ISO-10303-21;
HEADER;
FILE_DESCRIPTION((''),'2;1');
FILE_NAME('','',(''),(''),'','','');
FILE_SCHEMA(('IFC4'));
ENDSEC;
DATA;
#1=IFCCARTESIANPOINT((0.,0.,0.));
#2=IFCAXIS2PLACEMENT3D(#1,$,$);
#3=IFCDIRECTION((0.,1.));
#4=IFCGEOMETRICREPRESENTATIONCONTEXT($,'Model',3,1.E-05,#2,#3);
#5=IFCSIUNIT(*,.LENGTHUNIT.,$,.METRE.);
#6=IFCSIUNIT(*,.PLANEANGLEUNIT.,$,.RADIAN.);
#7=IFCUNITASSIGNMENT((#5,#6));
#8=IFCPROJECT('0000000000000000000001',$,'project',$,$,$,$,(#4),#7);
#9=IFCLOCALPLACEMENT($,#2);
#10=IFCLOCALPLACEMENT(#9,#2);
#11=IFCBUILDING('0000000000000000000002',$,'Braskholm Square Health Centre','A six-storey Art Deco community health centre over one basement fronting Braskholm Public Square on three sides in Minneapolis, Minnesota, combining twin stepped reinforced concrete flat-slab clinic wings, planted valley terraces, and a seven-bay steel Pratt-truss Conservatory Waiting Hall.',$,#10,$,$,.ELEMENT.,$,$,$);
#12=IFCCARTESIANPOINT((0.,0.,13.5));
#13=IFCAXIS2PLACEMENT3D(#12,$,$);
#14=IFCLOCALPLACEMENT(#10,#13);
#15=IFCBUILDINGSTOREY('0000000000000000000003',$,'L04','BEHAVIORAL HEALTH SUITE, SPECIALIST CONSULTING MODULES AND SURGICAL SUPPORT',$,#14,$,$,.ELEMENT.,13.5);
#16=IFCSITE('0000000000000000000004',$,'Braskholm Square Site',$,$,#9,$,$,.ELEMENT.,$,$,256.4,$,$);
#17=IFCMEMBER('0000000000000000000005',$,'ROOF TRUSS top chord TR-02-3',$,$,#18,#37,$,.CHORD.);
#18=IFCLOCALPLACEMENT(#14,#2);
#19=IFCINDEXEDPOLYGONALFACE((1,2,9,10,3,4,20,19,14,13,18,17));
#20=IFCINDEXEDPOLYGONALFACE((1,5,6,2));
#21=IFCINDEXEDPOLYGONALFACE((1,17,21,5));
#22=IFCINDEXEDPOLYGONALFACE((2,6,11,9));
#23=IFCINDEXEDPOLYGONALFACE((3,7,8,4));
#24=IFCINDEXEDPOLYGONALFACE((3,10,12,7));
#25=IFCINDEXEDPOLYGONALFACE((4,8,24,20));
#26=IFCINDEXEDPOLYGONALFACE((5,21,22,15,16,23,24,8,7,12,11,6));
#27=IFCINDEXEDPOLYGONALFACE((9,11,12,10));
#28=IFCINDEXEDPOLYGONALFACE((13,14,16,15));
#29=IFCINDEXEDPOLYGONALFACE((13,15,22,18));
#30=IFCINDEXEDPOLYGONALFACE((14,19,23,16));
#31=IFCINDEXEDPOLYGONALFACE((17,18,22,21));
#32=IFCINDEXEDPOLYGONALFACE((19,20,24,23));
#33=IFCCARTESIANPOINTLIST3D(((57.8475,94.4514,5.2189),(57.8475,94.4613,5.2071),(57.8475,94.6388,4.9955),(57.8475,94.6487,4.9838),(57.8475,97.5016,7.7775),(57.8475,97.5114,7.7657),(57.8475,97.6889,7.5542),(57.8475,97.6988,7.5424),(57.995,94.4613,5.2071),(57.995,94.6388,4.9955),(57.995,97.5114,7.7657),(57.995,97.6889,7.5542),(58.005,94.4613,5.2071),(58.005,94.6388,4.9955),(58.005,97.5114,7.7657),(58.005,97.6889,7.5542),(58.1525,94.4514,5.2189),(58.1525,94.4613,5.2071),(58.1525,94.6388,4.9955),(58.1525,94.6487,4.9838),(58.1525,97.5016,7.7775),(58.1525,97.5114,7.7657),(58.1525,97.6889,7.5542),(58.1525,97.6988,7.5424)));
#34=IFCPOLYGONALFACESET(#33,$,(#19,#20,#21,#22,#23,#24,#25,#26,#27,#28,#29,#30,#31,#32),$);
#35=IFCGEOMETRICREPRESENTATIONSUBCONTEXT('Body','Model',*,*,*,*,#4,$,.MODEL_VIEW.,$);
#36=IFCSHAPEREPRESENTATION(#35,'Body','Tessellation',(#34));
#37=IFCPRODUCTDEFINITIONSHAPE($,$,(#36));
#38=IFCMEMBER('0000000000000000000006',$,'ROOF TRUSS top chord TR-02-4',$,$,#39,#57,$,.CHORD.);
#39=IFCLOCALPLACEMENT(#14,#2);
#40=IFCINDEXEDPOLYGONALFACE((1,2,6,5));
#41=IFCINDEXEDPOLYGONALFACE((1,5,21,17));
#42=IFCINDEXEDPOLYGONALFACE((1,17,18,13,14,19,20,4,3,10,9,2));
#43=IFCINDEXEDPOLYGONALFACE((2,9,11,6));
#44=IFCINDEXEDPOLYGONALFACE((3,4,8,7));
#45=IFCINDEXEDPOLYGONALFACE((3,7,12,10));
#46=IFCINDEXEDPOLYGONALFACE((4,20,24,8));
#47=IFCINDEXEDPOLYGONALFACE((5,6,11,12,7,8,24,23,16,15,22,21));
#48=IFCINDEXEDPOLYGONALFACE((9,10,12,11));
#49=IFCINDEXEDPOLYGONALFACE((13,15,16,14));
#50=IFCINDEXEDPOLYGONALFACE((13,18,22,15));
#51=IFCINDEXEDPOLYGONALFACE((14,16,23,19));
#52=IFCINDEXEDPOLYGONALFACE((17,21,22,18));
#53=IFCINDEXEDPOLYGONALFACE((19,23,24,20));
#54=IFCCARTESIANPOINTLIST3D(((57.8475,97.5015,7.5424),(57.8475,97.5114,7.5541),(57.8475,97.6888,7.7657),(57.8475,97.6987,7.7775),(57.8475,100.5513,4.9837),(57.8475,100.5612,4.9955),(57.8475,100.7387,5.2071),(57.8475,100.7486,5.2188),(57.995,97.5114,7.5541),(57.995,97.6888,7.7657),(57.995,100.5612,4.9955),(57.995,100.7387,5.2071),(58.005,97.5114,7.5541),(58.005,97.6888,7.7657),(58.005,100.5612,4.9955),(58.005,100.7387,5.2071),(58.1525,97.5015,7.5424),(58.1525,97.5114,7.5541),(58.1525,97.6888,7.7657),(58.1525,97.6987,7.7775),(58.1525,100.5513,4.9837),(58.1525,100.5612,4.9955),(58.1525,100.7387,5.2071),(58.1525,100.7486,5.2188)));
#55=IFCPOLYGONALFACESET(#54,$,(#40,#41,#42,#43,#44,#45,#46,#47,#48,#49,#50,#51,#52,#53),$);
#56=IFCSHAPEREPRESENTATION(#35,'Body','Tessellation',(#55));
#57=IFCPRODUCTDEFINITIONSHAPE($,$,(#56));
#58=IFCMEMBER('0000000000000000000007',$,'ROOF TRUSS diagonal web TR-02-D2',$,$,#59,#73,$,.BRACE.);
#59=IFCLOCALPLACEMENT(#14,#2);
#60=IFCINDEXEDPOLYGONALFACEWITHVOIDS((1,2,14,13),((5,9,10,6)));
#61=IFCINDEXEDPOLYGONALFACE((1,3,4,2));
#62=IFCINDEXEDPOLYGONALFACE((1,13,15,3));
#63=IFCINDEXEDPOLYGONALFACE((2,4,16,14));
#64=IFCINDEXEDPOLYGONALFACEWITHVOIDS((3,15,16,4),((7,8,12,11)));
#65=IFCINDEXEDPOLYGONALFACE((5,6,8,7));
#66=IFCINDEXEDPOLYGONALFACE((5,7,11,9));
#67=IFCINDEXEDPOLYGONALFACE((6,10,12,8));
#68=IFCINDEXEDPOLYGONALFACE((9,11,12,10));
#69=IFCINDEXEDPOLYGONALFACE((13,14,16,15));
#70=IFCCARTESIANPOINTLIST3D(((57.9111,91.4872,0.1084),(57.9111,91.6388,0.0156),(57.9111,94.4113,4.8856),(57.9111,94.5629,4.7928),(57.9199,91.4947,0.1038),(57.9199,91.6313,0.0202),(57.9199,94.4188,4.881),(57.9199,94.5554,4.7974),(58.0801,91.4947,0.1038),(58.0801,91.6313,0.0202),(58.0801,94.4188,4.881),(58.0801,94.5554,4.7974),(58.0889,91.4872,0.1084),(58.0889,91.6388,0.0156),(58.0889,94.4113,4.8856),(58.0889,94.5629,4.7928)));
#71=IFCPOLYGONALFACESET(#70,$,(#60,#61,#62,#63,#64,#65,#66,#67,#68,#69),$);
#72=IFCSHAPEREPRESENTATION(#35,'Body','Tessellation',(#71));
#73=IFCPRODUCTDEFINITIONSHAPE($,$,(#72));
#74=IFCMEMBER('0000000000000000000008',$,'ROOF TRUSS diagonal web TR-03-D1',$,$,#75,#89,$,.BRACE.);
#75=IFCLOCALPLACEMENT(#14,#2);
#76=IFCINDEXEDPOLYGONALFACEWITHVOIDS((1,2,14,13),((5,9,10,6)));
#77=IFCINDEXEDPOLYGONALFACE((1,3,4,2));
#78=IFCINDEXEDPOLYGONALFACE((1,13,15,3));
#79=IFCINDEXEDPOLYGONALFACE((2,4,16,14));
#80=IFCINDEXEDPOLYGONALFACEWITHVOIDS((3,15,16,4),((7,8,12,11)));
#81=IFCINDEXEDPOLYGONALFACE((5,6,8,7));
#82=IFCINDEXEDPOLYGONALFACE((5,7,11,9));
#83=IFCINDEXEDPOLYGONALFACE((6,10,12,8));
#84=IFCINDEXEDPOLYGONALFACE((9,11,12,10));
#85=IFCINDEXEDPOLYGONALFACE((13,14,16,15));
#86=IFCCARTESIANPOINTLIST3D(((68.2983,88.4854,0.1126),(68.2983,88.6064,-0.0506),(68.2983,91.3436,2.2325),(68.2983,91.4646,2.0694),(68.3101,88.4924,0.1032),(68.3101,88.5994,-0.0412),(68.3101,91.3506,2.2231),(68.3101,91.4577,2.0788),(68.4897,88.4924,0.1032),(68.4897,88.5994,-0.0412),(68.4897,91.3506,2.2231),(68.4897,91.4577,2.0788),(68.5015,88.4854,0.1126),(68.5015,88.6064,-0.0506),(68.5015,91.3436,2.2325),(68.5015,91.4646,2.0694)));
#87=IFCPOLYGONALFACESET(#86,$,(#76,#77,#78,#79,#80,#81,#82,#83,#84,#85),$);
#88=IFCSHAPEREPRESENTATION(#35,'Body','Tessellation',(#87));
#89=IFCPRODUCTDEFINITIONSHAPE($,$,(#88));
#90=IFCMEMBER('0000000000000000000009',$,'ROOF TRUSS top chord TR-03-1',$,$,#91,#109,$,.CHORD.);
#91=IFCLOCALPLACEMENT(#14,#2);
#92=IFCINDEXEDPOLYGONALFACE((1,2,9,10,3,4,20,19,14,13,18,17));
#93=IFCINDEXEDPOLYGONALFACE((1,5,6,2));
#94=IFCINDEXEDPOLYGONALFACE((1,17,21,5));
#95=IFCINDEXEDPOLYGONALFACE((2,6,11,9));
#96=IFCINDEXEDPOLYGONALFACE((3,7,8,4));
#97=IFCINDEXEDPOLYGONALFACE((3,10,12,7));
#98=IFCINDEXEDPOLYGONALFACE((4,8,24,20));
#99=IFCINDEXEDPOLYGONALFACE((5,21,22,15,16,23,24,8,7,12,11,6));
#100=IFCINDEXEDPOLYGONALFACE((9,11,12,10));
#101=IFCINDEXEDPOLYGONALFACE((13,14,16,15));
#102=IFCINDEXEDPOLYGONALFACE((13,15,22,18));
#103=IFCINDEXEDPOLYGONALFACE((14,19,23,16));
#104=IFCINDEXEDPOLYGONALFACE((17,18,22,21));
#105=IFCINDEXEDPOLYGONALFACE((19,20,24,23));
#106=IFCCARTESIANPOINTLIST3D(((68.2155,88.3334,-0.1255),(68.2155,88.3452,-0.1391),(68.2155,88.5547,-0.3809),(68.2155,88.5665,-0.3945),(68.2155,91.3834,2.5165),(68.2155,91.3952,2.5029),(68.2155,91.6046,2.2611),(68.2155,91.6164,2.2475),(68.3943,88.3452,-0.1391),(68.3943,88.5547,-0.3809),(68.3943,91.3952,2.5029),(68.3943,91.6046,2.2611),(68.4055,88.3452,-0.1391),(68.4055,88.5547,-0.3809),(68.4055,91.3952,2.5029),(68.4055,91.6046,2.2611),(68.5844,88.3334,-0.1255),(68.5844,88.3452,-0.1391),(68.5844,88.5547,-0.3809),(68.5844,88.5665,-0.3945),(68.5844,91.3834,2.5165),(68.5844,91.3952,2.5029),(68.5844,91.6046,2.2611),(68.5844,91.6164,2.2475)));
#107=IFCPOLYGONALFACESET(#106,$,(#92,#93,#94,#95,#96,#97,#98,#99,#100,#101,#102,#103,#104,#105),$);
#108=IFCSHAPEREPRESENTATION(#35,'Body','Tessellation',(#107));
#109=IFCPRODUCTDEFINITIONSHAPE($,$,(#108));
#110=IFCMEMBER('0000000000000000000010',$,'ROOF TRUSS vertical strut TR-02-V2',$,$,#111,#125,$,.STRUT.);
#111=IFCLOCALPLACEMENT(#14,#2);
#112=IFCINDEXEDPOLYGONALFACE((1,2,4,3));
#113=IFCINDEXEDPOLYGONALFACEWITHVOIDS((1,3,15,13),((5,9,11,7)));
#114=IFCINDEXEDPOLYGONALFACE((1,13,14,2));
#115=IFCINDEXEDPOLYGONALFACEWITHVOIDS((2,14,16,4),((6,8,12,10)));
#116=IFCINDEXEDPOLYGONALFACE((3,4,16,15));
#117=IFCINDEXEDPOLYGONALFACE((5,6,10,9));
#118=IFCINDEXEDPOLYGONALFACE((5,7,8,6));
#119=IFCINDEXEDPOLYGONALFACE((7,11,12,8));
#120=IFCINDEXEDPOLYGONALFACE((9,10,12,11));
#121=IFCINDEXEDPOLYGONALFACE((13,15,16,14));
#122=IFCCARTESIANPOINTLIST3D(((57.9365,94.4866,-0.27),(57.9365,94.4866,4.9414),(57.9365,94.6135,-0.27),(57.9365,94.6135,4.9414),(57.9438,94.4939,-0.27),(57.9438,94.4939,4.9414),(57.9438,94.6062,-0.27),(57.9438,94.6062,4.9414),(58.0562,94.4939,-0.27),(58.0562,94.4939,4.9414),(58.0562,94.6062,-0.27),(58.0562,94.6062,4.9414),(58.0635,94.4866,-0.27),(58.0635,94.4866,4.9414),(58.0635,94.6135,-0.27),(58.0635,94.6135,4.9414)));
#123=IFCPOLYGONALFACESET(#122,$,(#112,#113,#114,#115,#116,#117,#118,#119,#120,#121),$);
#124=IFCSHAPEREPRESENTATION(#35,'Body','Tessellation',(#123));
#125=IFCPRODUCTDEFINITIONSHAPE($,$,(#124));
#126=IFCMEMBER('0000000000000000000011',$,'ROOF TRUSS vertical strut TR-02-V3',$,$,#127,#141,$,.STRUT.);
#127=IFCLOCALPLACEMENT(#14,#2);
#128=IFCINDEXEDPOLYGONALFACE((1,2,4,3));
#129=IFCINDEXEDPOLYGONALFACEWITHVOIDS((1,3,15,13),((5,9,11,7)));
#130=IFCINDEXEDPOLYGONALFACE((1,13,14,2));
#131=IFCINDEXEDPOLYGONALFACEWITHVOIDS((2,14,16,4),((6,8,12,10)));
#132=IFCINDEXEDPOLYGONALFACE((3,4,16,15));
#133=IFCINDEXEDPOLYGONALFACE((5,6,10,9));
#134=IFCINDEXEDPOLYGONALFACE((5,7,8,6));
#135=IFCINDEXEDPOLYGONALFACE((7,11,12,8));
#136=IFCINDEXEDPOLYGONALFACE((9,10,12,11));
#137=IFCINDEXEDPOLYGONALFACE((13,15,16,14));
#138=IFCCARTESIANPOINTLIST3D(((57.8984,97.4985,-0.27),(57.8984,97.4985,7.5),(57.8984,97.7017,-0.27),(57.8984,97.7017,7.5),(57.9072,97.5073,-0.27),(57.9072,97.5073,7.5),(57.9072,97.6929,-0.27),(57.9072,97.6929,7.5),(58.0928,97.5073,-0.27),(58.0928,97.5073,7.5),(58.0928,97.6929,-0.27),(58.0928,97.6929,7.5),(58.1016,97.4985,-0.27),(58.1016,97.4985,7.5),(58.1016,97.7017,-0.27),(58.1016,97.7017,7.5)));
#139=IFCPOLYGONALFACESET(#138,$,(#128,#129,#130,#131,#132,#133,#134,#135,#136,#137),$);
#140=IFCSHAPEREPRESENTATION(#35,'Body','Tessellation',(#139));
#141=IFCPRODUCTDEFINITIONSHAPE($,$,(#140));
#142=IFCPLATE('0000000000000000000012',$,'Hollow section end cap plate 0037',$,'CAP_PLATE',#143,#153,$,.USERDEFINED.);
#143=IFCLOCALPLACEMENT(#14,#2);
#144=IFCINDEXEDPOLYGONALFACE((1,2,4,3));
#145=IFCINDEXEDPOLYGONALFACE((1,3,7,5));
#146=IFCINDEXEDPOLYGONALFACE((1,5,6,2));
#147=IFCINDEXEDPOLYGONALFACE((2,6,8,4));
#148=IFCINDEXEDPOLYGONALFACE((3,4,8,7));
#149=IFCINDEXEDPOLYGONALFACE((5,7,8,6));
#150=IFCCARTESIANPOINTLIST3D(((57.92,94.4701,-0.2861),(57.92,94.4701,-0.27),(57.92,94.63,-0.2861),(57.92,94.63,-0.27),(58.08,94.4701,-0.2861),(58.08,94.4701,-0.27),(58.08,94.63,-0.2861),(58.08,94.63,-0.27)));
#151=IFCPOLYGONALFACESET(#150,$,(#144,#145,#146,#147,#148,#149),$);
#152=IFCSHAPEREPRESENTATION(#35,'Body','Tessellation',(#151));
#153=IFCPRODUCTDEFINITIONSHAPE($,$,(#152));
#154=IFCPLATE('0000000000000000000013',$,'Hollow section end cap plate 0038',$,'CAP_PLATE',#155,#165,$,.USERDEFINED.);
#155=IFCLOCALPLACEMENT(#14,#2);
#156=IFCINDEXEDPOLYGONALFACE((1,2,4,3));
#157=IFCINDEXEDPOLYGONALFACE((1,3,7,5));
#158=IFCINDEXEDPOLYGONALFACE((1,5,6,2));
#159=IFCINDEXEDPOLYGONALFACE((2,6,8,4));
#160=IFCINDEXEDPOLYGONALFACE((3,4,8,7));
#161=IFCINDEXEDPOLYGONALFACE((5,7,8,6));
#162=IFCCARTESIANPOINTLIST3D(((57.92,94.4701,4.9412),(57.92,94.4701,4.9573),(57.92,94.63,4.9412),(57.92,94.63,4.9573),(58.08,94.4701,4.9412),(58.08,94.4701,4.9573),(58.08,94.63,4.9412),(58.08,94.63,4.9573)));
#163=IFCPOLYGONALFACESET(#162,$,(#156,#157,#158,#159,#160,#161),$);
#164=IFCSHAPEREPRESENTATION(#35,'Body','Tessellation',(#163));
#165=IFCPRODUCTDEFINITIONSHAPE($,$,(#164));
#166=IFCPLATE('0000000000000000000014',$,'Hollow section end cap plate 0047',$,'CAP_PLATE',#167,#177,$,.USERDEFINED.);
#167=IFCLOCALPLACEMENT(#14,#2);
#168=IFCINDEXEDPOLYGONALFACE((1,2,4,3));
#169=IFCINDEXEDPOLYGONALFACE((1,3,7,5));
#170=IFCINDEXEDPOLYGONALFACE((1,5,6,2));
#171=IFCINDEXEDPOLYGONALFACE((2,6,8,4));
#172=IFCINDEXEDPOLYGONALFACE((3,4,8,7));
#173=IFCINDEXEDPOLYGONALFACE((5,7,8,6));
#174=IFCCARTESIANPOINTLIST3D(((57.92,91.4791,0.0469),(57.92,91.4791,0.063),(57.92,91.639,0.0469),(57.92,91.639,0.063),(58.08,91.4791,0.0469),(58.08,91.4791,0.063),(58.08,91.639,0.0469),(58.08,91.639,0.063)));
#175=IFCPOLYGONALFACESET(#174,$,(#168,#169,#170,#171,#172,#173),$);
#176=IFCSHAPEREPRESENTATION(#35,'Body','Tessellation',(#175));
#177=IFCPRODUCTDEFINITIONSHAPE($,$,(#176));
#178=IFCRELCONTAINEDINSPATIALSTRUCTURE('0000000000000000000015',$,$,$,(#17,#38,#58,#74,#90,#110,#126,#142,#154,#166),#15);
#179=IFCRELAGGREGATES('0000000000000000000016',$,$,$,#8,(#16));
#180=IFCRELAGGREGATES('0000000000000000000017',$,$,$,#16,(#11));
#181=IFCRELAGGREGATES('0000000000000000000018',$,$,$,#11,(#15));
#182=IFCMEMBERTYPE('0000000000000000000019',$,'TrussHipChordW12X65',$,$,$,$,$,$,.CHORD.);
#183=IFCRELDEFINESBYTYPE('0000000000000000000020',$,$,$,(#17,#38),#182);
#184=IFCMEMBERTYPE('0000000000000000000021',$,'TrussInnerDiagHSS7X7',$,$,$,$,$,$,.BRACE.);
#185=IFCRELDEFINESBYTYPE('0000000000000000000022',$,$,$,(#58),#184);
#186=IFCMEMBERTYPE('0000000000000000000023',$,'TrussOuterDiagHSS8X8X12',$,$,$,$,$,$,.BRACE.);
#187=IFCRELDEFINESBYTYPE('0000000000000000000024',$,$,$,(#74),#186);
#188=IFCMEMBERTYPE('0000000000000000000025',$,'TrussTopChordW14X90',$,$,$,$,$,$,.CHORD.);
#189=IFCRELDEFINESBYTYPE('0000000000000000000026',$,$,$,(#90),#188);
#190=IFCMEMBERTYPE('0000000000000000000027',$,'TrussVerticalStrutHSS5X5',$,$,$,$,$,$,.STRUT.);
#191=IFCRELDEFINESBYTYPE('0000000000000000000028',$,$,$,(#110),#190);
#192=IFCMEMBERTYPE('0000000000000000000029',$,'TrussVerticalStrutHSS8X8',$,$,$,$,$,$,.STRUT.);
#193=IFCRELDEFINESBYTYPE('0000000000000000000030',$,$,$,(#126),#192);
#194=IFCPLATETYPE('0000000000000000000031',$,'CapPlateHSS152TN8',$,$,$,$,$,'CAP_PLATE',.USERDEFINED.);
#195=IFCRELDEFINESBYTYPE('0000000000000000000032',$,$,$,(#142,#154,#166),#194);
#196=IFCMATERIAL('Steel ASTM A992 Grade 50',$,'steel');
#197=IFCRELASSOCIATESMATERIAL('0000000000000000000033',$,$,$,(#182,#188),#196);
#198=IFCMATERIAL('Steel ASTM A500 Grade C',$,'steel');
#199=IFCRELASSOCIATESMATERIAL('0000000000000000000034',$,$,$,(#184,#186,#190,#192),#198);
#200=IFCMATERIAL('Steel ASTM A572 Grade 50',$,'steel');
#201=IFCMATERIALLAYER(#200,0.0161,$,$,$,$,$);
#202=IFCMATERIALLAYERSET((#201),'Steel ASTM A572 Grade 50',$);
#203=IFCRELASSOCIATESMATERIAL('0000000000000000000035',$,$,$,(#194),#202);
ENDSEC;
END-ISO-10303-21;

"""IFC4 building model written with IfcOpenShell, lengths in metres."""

from ifc_helpers import new_model, si_unit, direction, frame, origin, origin_2d, place, context, subcontext, project, spatial, rectangle, hollow_rectangle, i_section, extrude, material, layer, layer_set, material_profile, profile_set, type_object, element, save


model = new_model("IFC4")

# Units and contexts
model_context = context("Model", 3, precision=1e-05, world=origin(), true_north=direction((0.0, 1.0)))
body_context = subcontext(model_context, "Body", "Model", "MODEL_VIEW")
ifc_project = project(units=[si_unit("LENGTHUNIT", "METRE"), si_unit("PLANEANGLEUNIT", "RADIAN")], contexts=[model_context])

# Site, building, storey
site_placement = place(None, origin())
site = spatial("IfcSite", under=ifc_project, at=site_placement, Name="Braskholm Square Site", CompositionType="ELEMENT", RefElevation=256.4)
building_placement = place(site_placement, origin())
building = spatial("IfcBuilding", under=site, at=building_placement, Name="Braskholm Square Health Centre", Description="A six-storey Art Deco community health centre over one basement fronting Braskholm Public Square on three sides in Minneapolis, Minnesota, combining twin stepped reinforced concrete flat-slab clinic wings, planted valley terraces, and a seven-bay steel Pratt-truss Conservatory Waiting Hall.", CompositionType="ELEMENT")
storey_placement = place(building_placement, frame((0.0, 0.0, 13.5)))
storey = spatial("IfcBuildingStorey", under=building, at=storey_placement, Name="L04", Description="BEHAVIORAL HEALTH SUITE, SPECIALIST CONSULTING MODULES AND SURGICAL SUPPORT", CompositionType="ELEMENT", Elevation=13.5)

# Shared definitions
ifc_material_1 = material(Name="Steel ASTM A500 Grade C", Category="steel")

# Shared definitions
ifc_material_2 = material(Name="Steel ASTM A992 Grade 50", Category="steel")

# Members
ifc_material_profile_1 = material_profile(ifc_material_2, i_section(OverallWidth=0.3049, OverallDepth=0.3069, WebThickness=0.01, FlangeThickness=0.0154, at=origin_2d()), Name="W12X65")
ifc_profile_set_1 = profile_set([ifc_material_profile_1], Name="Steel ASTM A992 Grade 50")
member_type_1 = type_object("IfcMemberType", Name="TrussHipChordW12X65", PredefinedType="CHORD", material=ifc_profile_set_1)
member_1_placement = place(storey_placement, frame((58.0, 94.55, 5.1013), z_axis=(0.0, 0.766131, 0.642684), x_axis=(-1.0, 0.0, 0.0)))
element("IfcMember", 1, at=member_1_placement, inside=storey, type_object=member_type_1, Name="ROOF TRUSS top chord TR-02-3", PredefinedType="CHORD", context=body_context, shape_type="SweptSolid", body=[
    extrude(i_section(OverallWidth=0.3049, OverallDepth=0.3069, WebThickness=0.01, FlangeThickness=0.0154, at=origin_2d()), origin(), (0.0, 0.0, 1.0), 3.9812),
])
member_2_placement = place(storey_placement, frame((58.0, 97.6001, 7.6599), z_axis=(0.0, 0.766106, -0.642714), x_axis=(-1.0, 0.0, 0.0)))
element("IfcMember", 2, at=member_2_placement, inside=storey, type_object=member_type_1, Name="ROOF TRUSS top chord TR-02-4", PredefinedType="CHORD", context=body_context, shape_type="SweptSolid", body=[
    extrude(i_section(OverallWidth=0.3049, OverallDepth=0.3069, WebThickness=0.01, FlangeThickness=0.0154, at=origin_2d()), origin(), (0.0, 0.0, 1.0), 3.981),
])
ifc_material_profile_2 = material_profile(ifc_material_1, hollow_rectangle(XDim=0.1777, YDim=0.1777, WallThickness=0.0088, at=origin_2d()), Name="HSS7X7X3/8")
ifc_profile_set_2 = profile_set([ifc_material_profile_2], Name="Steel ASTM A500 Grade C")
member_type_2 = type_object("IfcMemberType", Name="TrussInnerDiagHSS7X7", PredefinedType="BRACE", material=ifc_profile_set_2)
member_3_placement = place(storey_placement, frame((58.0, 91.563, 0.062), z_axis=(0.0, 0.522065, 0.852906), x_axis=(-1.0, 0.0, 0.0)))
element("IfcMember", 3, at=member_3_placement, inside=storey, type_object=member_type_2, Name="ROOF TRUSS diagonal web TR-02-D2", PredefinedType="BRACE", context=body_context, shape_type="SweptSolid", body=[
    extrude(hollow_rectangle(XDim=0.1777, YDim=0.1777, WallThickness=0.0088, at=origin_2d()), origin(), (0.0, 0.0, 1.0), 5.6011),
])
ifc_material_profile_3 = material_profile(ifc_material_1, hollow_rectangle(XDim=0.2031, YDim=0.2031, WallThickness=0.0117, at=origin_2d()), Name="HSS8X8X1/2")
ifc_profile_set_3 = profile_set([ifc_material_profile_3], Name="Steel ASTM A500 Grade C")
member_type_3 = type_object("IfcMemberType", Name="TrussOuterDiagHSS8X8X12", PredefinedType="BRACE", material=ifc_profile_set_3)
member_4_placement = place(storey_placement, frame((68.3999, 88.5459, 0.031), z_axis=(0.0, 0.803191, 0.595721), x_axis=(-1.0, 0.0, 0.0)))
element("IfcMember", 4, at=member_4_placement, inside=storey, type_object=member_type_3, Name="ROOF TRUSS diagonal web TR-03-D1", PredefinedType="BRACE", context=body_context, shape_type="SweptSolid", body=[
    extrude(hollow_rectangle(XDim=0.2031, YDim=0.2031, WallThickness=0.0117, at=origin_2d()), origin(), (0.0, 0.0, 1.0), 3.5586),
])
ifc_material_profile_4 = material_profile(ifc_material_2, i_section(OverallWidth=0.3689, OverallDepth=0.356, WebThickness=0.0112, FlangeThickness=0.0181, at=origin_2d()), Name="W14X90")
ifc_profile_set_4 = profile_set([ifc_material_profile_4], Name="Steel ASTM A992 Grade 50")
member_type_4 = type_object("IfcMemberType", Name="TrussTopChordW14X90", PredefinedType="CHORD", material=ifc_profile_set_4)
member_5_placement = place(storey_placement, frame((68.3999, 88.45, -0.26), z_axis=(0.0, 0.755847, 0.654749), x_axis=(-1.0, 0.0, 0.0)))
element("IfcMember", 5, at=member_5_placement, inside=storey, type_object=member_type_4, Name="ROOF TRUSS top chord TR-03-1", PredefinedType="CHORD", context=body_context, shape_type="SweptSolid", body=[
    extrude(i_section(OverallWidth=0.3689, OverallDepth=0.356, WebThickness=0.0112, FlangeThickness=0.0181, at=origin_2d()), origin(), (0.0, 0.0, 1.0), 4.0352),
])
ifc_material_profile_5 = material_profile(ifc_material_1, hollow_rectangle(XDim=0.127, YDim=0.127, WallThickness=0.0073, at=origin_2d()), Name="HSS5X5X5/16")
ifc_profile_set_5 = profile_set([ifc_material_profile_5], Name="Steel ASTM A500 Grade C")
member_type_5 = type_object("IfcMemberType", Name="TrussVerticalStrutHSS5X5", PredefinedType="STRUT", material=ifc_profile_set_5)
member_6_placement = place(storey_placement, frame((58.0, 94.55, -0.27), z_axis=(0.0, 0.0, 1.0), x_axis=(1.0, 0.0, 0.0)))
element("IfcMember", 6, at=member_6_placement, inside=storey, type_object=member_type_5, Name="ROOF TRUSS vertical strut TR-02-V2", PredefinedType="STRUT", context=body_context, shape_type="SweptSolid", body=[
    extrude(hollow_rectangle(XDim=0.127, YDim=0.127, WallThickness=0.0073, at=origin_2d()), origin(), (0.0, 0.0, 1.0), 5.2114),
])
ifc_material_profile_6 = material_profile(ifc_material_1, hollow_rectangle(XDim=0.2031, YDim=0.2031, WallThickness=0.0088, at=origin_2d()), Name="HSS8X8X3/8")
ifc_profile_set_6 = profile_set([ifc_material_profile_6], Name="Steel ASTM A500 Grade C")
member_type_6 = type_object("IfcMemberType", Name="TrussVerticalStrutHSS8X8", PredefinedType="STRUT", material=ifc_profile_set_6)
member_7_placement = place(storey_placement, frame((58.0, 97.6001, -0.27), z_axis=(0.0, 0.0, 1.0), x_axis=(1.0, 0.0, 0.0)))
element("IfcMember", 7, at=member_7_placement, inside=storey, type_object=member_type_6, Name="ROOF TRUSS vertical strut TR-02-V3", PredefinedType="STRUT", context=body_context, shape_type="SweptSolid", body=[
    extrude(hollow_rectangle(XDim=0.2031, YDim=0.2031, WallThickness=0.0088, at=origin_2d()), origin(), (0.0, 0.0, 1.0), 7.77),
])

# Plates
ifc_material_3 = material(Name="Steel ASTM A572 Grade 50", Category="steel")
ifc_layer_1 = layer(ifc_material_3, 0.0161)
ifc_layer_set_1 = layer_set([ifc_layer_1], Name="Steel ASTM A572 Grade 50")
plate_type_1 = type_object("IfcPlateType", Name="CapPlateHSS152TN8", ElementType="CAP_PLATE", PredefinedType="USERDEFINED", material=ifc_layer_set_1)
for number, where, z_axis, x_axis, name in (
    (8, (58.0, 94.55, -0.2861), (0.0, 0.0, 1.0), (1.0, 0.0, 0.0), "Hollow section end cap plate 0037"),
    (9, (58.0, 94.55, 4.9412), (0.0, 0.0, 1.0), (1.0, 0.0, 0.0), "Hollow section end cap plate 0038"),
    (10, (58.0, 91.5591, 0.0469), (0.0, 0.0, 1.0), (1.0, 0.0, 0.0), "Hollow section end cap plate 0047"),
):
    element("IfcPlate", number, at=place(storey_placement, frame(where, z_axis=z_axis, x_axis=x_axis)), inside=storey, type_object=plate_type_1, Name=name, ObjectType="CAP_PLATE", PredefinedType="USERDEFINED", context=body_context, shape_type="SweptSolid", body=[
        extrude(rectangle(XDim=0.1599, YDim=0.1599, at=origin_2d()), origin(), (0.0, 0.0, 1.0), 0.0161),
    ])

save(model, "model.ifc")
